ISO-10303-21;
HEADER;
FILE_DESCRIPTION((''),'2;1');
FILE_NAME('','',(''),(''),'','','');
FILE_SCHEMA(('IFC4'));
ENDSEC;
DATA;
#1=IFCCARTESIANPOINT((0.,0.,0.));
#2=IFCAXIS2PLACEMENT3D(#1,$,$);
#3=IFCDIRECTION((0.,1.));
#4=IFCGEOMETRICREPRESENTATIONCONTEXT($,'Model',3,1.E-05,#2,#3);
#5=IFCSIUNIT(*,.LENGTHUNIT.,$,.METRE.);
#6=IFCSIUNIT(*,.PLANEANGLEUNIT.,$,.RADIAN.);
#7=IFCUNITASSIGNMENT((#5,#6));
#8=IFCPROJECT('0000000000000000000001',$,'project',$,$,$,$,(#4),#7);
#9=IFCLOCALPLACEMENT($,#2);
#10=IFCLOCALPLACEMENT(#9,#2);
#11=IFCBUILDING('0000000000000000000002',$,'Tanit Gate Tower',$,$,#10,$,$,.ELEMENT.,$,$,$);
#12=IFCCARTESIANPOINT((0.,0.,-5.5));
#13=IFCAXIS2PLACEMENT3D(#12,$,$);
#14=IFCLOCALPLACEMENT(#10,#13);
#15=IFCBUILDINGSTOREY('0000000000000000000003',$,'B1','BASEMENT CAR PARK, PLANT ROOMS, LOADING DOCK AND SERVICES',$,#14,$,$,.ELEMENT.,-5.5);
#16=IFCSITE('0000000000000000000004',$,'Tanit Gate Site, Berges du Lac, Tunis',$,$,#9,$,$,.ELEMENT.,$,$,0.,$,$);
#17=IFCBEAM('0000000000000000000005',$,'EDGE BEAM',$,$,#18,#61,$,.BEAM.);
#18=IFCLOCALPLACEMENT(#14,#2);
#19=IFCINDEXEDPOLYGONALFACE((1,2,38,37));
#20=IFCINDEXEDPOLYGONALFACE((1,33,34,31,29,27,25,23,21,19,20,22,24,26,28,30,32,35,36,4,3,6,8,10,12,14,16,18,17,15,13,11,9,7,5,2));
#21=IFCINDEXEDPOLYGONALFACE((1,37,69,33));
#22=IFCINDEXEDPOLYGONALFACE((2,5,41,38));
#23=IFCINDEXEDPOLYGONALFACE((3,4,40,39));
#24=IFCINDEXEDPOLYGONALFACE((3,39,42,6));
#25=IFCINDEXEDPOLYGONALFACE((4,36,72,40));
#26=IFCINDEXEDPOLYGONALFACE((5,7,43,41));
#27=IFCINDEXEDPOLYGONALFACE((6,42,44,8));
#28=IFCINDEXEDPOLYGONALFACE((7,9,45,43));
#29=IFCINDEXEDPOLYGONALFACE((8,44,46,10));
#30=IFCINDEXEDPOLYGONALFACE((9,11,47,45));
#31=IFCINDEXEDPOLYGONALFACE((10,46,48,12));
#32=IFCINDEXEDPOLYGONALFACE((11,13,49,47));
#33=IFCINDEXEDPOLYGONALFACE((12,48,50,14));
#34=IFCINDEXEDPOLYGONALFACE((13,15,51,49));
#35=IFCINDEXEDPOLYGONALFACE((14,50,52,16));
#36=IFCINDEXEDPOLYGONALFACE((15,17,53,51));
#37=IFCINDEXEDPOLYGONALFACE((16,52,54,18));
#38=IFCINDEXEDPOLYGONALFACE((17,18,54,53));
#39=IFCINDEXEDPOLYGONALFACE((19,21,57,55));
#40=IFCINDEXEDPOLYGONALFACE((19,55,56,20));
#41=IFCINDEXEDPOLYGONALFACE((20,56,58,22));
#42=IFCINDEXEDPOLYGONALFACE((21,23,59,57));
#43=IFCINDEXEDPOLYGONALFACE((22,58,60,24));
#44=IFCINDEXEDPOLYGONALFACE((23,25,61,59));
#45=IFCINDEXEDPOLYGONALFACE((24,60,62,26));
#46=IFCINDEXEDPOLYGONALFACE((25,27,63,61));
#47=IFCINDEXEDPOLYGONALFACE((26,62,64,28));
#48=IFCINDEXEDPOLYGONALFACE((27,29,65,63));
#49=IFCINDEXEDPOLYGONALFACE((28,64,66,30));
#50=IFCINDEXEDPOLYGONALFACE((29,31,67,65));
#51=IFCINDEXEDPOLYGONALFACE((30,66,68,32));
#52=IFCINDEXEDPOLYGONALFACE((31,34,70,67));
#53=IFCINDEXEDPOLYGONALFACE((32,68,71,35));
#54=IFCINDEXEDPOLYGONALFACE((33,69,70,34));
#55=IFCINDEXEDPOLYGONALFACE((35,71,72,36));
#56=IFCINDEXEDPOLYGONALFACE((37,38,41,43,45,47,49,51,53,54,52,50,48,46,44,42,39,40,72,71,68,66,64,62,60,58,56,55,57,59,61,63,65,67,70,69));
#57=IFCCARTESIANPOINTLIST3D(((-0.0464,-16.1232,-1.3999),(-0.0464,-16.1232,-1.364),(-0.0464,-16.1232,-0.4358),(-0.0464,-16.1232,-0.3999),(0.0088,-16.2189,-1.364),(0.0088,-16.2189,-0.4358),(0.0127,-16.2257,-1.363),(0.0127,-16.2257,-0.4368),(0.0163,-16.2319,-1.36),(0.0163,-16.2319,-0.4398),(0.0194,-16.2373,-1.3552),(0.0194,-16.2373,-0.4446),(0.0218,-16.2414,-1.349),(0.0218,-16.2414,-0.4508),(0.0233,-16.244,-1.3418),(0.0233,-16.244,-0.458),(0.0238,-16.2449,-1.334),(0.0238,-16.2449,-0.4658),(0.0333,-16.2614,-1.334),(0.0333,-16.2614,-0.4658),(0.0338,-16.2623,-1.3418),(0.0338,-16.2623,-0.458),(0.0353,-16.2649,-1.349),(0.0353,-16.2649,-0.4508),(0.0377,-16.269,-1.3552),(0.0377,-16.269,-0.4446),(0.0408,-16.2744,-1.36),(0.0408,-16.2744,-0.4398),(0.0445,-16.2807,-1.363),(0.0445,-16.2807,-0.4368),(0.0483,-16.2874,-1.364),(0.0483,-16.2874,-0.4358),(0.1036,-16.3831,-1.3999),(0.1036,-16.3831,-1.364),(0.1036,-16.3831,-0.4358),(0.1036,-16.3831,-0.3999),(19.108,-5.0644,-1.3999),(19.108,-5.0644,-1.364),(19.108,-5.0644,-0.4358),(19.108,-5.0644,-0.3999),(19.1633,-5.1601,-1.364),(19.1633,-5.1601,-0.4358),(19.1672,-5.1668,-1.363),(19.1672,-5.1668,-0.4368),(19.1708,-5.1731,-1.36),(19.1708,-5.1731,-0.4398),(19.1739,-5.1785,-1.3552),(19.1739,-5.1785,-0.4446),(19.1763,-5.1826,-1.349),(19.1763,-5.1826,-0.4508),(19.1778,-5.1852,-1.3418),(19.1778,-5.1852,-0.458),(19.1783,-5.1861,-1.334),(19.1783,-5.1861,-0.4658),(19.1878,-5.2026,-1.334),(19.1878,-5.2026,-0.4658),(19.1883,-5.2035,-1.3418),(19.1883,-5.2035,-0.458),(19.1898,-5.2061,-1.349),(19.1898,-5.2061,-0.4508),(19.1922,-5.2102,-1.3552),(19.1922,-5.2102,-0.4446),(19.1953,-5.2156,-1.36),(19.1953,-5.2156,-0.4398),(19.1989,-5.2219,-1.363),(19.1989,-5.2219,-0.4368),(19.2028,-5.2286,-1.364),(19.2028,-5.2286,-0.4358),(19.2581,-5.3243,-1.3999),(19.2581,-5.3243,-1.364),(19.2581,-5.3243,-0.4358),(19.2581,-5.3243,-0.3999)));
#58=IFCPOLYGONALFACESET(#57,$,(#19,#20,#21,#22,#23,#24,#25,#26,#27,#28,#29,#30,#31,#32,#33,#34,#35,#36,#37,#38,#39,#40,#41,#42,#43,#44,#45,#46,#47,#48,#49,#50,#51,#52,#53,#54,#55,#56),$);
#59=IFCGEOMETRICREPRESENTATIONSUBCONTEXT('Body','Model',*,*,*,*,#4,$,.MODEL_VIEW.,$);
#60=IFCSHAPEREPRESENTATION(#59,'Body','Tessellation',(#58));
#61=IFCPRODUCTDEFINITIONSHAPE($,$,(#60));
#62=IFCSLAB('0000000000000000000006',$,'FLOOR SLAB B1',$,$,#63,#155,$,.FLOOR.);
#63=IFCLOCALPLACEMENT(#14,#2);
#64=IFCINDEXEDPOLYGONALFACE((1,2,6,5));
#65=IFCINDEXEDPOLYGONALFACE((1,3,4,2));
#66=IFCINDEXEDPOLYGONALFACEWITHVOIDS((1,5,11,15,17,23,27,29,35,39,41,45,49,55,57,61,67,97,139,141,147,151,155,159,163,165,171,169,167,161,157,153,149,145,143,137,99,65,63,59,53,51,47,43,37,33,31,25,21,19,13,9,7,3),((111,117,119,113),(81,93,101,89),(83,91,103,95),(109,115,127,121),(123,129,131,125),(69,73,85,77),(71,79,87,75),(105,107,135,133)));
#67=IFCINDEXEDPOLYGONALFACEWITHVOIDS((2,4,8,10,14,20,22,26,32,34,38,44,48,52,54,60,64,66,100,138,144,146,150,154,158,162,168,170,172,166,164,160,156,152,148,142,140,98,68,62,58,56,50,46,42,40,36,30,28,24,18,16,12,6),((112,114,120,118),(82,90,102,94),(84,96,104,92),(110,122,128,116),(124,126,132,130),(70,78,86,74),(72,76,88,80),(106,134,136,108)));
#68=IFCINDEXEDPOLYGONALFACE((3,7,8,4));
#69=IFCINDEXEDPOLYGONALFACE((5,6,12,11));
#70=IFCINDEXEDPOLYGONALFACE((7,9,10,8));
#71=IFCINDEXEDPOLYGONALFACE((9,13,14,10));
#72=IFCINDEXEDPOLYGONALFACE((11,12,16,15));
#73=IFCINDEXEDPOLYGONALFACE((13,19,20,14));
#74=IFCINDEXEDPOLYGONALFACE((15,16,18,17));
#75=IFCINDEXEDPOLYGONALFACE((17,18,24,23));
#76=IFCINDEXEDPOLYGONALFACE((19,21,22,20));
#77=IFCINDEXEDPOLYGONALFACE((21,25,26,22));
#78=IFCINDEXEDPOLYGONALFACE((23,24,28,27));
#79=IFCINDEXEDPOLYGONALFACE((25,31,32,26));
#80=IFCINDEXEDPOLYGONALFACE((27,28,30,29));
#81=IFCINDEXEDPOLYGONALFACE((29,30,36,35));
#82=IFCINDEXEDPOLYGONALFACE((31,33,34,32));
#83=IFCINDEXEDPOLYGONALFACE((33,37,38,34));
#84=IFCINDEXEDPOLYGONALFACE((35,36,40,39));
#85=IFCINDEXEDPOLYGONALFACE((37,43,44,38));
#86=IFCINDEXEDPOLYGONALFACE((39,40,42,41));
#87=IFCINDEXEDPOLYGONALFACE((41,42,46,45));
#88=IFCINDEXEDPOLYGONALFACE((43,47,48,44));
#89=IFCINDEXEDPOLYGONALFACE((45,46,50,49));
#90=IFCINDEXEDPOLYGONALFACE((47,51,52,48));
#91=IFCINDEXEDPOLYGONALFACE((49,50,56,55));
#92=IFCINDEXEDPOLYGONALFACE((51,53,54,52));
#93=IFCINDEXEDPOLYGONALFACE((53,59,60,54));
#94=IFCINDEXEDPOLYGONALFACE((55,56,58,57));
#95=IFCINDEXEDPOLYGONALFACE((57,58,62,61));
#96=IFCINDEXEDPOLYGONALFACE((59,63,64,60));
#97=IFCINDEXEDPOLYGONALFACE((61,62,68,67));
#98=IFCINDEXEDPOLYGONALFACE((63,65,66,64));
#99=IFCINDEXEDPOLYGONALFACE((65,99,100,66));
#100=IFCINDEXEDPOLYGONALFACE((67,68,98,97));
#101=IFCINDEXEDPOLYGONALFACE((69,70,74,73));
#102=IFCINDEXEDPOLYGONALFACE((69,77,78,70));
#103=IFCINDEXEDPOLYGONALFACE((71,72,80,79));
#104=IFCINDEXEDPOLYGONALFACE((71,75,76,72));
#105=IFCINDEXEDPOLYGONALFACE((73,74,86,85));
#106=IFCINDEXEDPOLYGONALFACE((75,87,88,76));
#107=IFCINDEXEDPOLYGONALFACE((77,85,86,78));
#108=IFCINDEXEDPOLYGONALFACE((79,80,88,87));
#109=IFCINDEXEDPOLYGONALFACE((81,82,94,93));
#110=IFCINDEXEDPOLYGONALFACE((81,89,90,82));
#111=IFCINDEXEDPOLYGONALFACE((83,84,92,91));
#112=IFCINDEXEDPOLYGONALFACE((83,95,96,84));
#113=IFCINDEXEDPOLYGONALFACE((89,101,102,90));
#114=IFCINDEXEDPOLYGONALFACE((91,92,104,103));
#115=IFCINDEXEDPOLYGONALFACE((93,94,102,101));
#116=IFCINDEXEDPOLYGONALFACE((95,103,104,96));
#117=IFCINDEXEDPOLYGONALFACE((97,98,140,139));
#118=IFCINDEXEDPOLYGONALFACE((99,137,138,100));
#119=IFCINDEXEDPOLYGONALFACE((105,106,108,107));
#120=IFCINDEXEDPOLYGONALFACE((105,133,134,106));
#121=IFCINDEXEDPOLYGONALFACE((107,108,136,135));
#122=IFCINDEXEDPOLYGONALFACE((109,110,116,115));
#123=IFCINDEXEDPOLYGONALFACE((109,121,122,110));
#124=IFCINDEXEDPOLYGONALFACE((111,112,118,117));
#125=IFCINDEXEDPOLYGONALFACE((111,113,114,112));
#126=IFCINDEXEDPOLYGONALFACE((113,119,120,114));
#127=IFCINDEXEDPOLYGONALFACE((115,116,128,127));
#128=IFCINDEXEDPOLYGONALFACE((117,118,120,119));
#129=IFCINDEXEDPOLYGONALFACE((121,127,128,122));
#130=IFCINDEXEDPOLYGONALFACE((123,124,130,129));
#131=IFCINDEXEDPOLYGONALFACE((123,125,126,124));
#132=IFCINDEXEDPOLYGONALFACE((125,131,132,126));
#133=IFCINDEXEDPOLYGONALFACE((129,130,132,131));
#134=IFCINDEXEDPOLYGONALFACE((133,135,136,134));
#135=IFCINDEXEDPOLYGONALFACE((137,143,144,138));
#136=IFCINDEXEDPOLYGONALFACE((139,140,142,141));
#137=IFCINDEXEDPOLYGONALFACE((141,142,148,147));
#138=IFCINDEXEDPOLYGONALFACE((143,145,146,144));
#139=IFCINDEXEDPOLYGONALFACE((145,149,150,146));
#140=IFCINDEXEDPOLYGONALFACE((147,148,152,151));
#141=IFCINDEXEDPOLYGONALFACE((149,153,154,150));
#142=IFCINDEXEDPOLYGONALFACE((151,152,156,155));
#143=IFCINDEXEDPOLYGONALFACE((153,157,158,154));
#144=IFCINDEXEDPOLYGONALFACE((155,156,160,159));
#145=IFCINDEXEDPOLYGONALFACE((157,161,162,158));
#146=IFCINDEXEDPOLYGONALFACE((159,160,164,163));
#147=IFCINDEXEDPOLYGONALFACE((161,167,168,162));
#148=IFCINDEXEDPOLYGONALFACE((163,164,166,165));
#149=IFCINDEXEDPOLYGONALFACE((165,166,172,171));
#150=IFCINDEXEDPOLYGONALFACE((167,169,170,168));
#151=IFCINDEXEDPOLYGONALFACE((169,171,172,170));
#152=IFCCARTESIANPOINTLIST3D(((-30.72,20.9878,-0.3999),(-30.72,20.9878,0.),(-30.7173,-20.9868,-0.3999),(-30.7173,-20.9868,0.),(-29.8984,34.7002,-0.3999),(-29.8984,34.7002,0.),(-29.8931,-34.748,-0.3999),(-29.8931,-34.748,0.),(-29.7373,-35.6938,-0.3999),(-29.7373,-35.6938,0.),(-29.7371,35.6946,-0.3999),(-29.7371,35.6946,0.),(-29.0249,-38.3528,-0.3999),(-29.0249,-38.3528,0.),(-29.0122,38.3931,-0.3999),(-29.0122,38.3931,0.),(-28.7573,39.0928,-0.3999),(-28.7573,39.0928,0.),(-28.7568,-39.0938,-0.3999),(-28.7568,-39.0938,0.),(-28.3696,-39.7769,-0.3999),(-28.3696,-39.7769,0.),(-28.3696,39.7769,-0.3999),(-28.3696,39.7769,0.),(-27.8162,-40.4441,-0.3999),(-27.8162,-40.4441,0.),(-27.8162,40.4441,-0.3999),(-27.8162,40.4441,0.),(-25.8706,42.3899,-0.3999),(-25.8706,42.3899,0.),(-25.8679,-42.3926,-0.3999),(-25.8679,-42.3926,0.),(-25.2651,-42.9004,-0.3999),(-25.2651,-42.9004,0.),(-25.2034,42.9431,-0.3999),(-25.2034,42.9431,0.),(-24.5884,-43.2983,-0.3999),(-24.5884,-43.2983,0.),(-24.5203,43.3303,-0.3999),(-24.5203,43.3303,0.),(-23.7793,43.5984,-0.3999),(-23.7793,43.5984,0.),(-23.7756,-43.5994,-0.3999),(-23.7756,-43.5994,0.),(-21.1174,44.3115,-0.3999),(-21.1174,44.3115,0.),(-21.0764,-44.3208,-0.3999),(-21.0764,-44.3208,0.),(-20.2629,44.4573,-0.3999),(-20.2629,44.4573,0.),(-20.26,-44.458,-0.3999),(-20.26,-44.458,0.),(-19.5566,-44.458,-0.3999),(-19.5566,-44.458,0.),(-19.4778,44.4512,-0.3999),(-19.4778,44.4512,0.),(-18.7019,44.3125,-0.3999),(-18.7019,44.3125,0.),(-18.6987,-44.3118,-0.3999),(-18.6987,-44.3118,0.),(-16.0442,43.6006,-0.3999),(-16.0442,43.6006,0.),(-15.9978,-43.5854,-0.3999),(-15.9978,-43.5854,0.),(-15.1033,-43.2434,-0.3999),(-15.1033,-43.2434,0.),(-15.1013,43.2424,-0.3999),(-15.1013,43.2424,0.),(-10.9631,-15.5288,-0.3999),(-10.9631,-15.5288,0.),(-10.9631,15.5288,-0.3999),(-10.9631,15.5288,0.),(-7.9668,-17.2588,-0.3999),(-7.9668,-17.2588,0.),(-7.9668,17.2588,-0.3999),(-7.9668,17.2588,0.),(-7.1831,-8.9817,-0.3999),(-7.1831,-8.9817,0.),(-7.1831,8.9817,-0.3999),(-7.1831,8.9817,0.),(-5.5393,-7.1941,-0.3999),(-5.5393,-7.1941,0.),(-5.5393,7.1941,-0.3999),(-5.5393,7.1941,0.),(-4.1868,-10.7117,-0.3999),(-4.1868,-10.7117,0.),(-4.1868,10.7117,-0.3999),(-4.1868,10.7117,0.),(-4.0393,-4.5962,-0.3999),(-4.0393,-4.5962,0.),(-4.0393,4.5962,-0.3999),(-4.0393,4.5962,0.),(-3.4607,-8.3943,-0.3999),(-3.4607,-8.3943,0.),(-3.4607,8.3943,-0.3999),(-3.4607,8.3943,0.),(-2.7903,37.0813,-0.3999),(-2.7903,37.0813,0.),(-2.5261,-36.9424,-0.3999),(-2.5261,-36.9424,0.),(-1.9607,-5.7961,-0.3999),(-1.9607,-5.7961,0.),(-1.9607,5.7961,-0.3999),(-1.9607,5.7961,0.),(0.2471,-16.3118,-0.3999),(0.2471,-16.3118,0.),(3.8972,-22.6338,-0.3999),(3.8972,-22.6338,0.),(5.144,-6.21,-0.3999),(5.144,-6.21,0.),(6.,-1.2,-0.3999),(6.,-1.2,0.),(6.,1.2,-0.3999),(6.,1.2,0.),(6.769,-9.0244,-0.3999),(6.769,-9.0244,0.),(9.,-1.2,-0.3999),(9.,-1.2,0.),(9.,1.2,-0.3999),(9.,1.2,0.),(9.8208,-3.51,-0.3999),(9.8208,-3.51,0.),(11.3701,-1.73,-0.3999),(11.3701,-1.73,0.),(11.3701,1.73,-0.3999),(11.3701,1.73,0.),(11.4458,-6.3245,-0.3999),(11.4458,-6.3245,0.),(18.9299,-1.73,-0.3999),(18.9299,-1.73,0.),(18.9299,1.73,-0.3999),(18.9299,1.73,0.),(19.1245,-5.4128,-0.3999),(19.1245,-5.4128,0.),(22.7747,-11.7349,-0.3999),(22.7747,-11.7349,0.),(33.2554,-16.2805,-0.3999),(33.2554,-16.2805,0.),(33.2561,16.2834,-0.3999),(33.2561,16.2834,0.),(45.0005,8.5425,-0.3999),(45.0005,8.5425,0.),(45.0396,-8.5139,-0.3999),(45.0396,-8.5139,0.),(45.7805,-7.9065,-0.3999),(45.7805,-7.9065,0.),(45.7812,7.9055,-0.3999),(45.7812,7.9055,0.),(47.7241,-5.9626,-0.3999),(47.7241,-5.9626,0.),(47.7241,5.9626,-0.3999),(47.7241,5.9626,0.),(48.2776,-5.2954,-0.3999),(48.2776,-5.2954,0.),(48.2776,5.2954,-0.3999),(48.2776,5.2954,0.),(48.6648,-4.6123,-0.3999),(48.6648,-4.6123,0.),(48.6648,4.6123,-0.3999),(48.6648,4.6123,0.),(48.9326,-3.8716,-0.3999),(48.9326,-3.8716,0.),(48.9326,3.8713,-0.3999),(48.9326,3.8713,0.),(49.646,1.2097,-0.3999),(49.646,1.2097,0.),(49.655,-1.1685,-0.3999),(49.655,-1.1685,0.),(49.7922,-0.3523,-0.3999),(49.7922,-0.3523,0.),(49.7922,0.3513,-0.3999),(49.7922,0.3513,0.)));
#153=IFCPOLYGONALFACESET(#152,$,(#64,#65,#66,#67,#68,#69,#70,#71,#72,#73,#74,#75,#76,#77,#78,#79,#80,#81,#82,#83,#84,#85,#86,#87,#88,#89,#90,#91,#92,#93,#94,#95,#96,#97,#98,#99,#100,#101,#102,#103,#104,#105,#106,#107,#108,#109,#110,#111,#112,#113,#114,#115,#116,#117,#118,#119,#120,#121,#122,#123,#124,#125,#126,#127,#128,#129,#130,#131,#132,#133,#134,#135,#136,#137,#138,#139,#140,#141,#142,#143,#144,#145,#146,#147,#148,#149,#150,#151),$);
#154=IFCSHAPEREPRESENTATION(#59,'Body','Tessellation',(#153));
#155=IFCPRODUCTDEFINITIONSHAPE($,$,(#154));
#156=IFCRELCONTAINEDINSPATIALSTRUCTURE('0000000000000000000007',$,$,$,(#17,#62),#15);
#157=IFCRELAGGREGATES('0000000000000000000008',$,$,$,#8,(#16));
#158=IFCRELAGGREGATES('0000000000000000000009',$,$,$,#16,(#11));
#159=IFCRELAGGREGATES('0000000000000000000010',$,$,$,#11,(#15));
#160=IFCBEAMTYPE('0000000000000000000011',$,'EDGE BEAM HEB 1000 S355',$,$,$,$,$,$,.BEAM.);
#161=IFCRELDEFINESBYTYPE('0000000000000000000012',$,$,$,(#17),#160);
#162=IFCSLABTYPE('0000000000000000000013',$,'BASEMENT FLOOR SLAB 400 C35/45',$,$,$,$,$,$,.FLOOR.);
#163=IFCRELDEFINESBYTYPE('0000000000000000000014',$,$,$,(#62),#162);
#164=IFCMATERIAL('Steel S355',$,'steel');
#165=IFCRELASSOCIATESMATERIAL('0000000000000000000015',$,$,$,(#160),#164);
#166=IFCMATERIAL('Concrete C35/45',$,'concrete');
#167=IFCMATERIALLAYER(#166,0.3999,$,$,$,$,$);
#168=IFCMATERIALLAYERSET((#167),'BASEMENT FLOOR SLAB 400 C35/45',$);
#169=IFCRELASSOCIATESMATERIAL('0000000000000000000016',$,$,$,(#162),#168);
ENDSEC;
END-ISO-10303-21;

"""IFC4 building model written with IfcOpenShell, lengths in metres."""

from ifc_helpers import new_model, si_unit, direction, frame, origin, origin_2d, place, context, subcontext, project, spatial, polyline, i_section, outline, extrude, material, layer, layer_set, material_profile, profile_set, type_object, element, save


model = new_model("IFC4")

# Units and contexts
model_context = context("Model", 3, precision=1e-05, world=origin(), true_north=direction((0.0, 1.0)))
body_context = subcontext(model_context, "Body", "Model", "MODEL_VIEW")
ifc_project = project(units=[si_unit("LENGTHUNIT", "METRE"), si_unit("PLANEANGLEUNIT", "RADIAN")], contexts=[model_context])

# Site, building, storey
site_placement = place(None, origin())
site = spatial("IfcSite", under=ifc_project, at=site_placement, Name="Tanit Gate Site, Berges du Lac, Tunis", CompositionType="ELEMENT", RefElevation=0.0)
building_placement = place(site_placement, origin())
building = spatial("IfcBuilding", under=site, at=building_placement, Name="Tanit Gate Tower", CompositionType="ELEMENT")
storey_placement = place(building_placement, frame((0.0, 0.0, -5.5)))
storey = spatial("IfcBuildingStorey", under=building, at=storey_placement, Name="B1", Description="BASEMENT CAR PARK, PLANT ROOMS, LOADING DOCK AND SERVICES", CompositionType="ELEMENT", Elevation=-5.5)

# Beam
ifc_material_1 = material(Name="Steel S355", Category="steel")
ifc_material_profile_1 = material_profile(ifc_material_1, i_section(OverallWidth=0.3, OverallDepth=1.0, WebThickness=0.019, FlangeThickness=0.0359, FilletRadius=0.03, at=origin_2d()), Name="HEB 1000")
ifc_profile_set_1 = profile_set([ifc_material_profile_1], Name="Steel S355")
beam_type_1 = type_object("IfcBeamType", Name="EDGE BEAM HEB 1000 S355", PredefinedType="BEAM", material=ifc_profile_set_1)
beam_1_placement = place(storey_placement, frame((0.0286, -16.2532, -0.8999), z_axis=(0.866026, 0.499999, 0.0), x_axis=(-0.499999, 0.866026, 0.0)))
element("IfcBeam", 1, at=beam_1_placement, inside=storey, type_object=beam_type_1, Name="EDGE BEAM", PredefinedType="BEAM", context=body_context, shape_type="SweptSolid", body=[
    extrude(i_section(OverallWidth=0.3, OverallDepth=1.0, WebThickness=0.019, FlangeThickness=0.0359, FilletRadius=0.03, at=origin_2d()), origin(), (0.0, 0.0, 1.0), 22.1177),
])

# Slab
ifc_material_2 = material(Name="Concrete C35/45", Category="concrete")
ifc_layer_1 = layer(ifc_material_2, 0.3999)
ifc_layer_set_1 = layer_set([ifc_layer_1], Name="BASEMENT FLOOR SLAB 400 C35/45")
slab_type = type_object("IfcSlabType", Name="BASEMENT FLOOR SLAB 400 C35/45", PredefinedType="FLOOR", material=ifc_layer_set_1)
slab_placement = place(storey_placement, frame((0.0, 0.0, -0.3999)))
element("IfcSlab", 2, at=slab_placement, inside=storey, type_object=slab_type, Name="FLOOR SLAB B1", PredefinedType="FLOOR", context=body_context, shape_type="SweptSolid", body=[
    extrude(outline(polyline([(48.2776, 5.2954), (48.6648, 4.6123), (48.9326, 3.8713), (49.646, 1.2097), (49.7922, 0.3513), (49.7922, -0.3523), (49.655, -1.1685), (48.9326, -3.8716), (48.6648, -4.6123), (48.2776, -5.2954), (47.7241, -5.9626), (45.7805, -7.9065), (45.0396, -8.5139), (33.2554, -16.2805), (-2.5261, -36.9424), (-15.1033, -43.2434), (-15.9978, -43.5854), (-18.6987, -44.3118), (-19.5566, -44.458), (-20.26, -44.458), (-21.0764, -44.3208), (-23.7756, -43.5994), (-24.5884, -43.2983), (-25.2651, -42.9004), (-25.8679, -42.3926), (-27.8162, -40.4441), (-28.3696, -39.7769), (-28.7568, -39.0938), (-29.0249, -38.3528), (-29.7373, -35.6938), (-29.8931, -34.748), (-30.7173, -20.9868), (-30.72, 20.9878), (-29.8984, 34.7002), (-29.7371, 35.6946), (-29.0122, 38.3931), (-28.7573, 39.0928), (-28.3696, 39.7769), (-27.8162, 40.4441), (-25.8706, 42.3899), (-25.2034, 42.9431), (-24.5203, 43.3303), (-23.7793, 43.5984), (-21.1174, 44.3115), (-20.2629, 44.4573), (-19.4778, 44.4512), (-18.7019, 44.3125), (-16.0442, 43.6006), (-15.1013, 43.2424), (-2.7903, 37.0813), (33.2561, 16.2834), (45.0005, 8.5425), (45.7812, 7.9055), (47.7241, 5.9626), (48.2776, 5.2954)]), holes=[polyline([(19.1245, -5.4128), (22.7747, -11.7349), (3.8972, -22.6338), (0.2471, -16.3118), (19.1245, -5.4128)]), polyline([(11.3701, -1.73), (11.3701, 1.73), (18.9299, 1.73), (18.9299, -1.73), (11.3701, -1.73)]), polyline([(6.769, -9.0244), (5.144, -6.21), (9.8208, -3.51), (11.4458, -6.3245), (6.769, -9.0244)]), polyline([(6.0, -1.2), (6.0, 1.2), (9.0, 1.2), (9.0, -1.2), (6.0, -1.2)]), polyline([(-4.0393, 4.5962), (-5.5393, 7.1941), (-3.4607, 8.3943), (-1.9607, 5.7961), (-4.0393, 4.5962)]), polyline([(-4.0393, -4.5962), (-1.9607, -5.7961), (-3.4607, -8.3943), (-5.5393, -7.1941), (-4.0393, -4.5962)]), polyline([(-7.1831, 8.9817), (-10.9631, 15.5288), (-7.9668, 17.2588), (-4.1868, 10.7117), (-7.1831, 8.9817)]), polyline([(-7.1831, -8.9817), (-4.1868, -10.7117), (-7.9668, -17.2588), (-10.9631, -15.5288), (-7.1831, -8.9817)])]), origin(), (0.0, 0.0, 1.0), 0.3999),
])

save(model, "model.ifc")
